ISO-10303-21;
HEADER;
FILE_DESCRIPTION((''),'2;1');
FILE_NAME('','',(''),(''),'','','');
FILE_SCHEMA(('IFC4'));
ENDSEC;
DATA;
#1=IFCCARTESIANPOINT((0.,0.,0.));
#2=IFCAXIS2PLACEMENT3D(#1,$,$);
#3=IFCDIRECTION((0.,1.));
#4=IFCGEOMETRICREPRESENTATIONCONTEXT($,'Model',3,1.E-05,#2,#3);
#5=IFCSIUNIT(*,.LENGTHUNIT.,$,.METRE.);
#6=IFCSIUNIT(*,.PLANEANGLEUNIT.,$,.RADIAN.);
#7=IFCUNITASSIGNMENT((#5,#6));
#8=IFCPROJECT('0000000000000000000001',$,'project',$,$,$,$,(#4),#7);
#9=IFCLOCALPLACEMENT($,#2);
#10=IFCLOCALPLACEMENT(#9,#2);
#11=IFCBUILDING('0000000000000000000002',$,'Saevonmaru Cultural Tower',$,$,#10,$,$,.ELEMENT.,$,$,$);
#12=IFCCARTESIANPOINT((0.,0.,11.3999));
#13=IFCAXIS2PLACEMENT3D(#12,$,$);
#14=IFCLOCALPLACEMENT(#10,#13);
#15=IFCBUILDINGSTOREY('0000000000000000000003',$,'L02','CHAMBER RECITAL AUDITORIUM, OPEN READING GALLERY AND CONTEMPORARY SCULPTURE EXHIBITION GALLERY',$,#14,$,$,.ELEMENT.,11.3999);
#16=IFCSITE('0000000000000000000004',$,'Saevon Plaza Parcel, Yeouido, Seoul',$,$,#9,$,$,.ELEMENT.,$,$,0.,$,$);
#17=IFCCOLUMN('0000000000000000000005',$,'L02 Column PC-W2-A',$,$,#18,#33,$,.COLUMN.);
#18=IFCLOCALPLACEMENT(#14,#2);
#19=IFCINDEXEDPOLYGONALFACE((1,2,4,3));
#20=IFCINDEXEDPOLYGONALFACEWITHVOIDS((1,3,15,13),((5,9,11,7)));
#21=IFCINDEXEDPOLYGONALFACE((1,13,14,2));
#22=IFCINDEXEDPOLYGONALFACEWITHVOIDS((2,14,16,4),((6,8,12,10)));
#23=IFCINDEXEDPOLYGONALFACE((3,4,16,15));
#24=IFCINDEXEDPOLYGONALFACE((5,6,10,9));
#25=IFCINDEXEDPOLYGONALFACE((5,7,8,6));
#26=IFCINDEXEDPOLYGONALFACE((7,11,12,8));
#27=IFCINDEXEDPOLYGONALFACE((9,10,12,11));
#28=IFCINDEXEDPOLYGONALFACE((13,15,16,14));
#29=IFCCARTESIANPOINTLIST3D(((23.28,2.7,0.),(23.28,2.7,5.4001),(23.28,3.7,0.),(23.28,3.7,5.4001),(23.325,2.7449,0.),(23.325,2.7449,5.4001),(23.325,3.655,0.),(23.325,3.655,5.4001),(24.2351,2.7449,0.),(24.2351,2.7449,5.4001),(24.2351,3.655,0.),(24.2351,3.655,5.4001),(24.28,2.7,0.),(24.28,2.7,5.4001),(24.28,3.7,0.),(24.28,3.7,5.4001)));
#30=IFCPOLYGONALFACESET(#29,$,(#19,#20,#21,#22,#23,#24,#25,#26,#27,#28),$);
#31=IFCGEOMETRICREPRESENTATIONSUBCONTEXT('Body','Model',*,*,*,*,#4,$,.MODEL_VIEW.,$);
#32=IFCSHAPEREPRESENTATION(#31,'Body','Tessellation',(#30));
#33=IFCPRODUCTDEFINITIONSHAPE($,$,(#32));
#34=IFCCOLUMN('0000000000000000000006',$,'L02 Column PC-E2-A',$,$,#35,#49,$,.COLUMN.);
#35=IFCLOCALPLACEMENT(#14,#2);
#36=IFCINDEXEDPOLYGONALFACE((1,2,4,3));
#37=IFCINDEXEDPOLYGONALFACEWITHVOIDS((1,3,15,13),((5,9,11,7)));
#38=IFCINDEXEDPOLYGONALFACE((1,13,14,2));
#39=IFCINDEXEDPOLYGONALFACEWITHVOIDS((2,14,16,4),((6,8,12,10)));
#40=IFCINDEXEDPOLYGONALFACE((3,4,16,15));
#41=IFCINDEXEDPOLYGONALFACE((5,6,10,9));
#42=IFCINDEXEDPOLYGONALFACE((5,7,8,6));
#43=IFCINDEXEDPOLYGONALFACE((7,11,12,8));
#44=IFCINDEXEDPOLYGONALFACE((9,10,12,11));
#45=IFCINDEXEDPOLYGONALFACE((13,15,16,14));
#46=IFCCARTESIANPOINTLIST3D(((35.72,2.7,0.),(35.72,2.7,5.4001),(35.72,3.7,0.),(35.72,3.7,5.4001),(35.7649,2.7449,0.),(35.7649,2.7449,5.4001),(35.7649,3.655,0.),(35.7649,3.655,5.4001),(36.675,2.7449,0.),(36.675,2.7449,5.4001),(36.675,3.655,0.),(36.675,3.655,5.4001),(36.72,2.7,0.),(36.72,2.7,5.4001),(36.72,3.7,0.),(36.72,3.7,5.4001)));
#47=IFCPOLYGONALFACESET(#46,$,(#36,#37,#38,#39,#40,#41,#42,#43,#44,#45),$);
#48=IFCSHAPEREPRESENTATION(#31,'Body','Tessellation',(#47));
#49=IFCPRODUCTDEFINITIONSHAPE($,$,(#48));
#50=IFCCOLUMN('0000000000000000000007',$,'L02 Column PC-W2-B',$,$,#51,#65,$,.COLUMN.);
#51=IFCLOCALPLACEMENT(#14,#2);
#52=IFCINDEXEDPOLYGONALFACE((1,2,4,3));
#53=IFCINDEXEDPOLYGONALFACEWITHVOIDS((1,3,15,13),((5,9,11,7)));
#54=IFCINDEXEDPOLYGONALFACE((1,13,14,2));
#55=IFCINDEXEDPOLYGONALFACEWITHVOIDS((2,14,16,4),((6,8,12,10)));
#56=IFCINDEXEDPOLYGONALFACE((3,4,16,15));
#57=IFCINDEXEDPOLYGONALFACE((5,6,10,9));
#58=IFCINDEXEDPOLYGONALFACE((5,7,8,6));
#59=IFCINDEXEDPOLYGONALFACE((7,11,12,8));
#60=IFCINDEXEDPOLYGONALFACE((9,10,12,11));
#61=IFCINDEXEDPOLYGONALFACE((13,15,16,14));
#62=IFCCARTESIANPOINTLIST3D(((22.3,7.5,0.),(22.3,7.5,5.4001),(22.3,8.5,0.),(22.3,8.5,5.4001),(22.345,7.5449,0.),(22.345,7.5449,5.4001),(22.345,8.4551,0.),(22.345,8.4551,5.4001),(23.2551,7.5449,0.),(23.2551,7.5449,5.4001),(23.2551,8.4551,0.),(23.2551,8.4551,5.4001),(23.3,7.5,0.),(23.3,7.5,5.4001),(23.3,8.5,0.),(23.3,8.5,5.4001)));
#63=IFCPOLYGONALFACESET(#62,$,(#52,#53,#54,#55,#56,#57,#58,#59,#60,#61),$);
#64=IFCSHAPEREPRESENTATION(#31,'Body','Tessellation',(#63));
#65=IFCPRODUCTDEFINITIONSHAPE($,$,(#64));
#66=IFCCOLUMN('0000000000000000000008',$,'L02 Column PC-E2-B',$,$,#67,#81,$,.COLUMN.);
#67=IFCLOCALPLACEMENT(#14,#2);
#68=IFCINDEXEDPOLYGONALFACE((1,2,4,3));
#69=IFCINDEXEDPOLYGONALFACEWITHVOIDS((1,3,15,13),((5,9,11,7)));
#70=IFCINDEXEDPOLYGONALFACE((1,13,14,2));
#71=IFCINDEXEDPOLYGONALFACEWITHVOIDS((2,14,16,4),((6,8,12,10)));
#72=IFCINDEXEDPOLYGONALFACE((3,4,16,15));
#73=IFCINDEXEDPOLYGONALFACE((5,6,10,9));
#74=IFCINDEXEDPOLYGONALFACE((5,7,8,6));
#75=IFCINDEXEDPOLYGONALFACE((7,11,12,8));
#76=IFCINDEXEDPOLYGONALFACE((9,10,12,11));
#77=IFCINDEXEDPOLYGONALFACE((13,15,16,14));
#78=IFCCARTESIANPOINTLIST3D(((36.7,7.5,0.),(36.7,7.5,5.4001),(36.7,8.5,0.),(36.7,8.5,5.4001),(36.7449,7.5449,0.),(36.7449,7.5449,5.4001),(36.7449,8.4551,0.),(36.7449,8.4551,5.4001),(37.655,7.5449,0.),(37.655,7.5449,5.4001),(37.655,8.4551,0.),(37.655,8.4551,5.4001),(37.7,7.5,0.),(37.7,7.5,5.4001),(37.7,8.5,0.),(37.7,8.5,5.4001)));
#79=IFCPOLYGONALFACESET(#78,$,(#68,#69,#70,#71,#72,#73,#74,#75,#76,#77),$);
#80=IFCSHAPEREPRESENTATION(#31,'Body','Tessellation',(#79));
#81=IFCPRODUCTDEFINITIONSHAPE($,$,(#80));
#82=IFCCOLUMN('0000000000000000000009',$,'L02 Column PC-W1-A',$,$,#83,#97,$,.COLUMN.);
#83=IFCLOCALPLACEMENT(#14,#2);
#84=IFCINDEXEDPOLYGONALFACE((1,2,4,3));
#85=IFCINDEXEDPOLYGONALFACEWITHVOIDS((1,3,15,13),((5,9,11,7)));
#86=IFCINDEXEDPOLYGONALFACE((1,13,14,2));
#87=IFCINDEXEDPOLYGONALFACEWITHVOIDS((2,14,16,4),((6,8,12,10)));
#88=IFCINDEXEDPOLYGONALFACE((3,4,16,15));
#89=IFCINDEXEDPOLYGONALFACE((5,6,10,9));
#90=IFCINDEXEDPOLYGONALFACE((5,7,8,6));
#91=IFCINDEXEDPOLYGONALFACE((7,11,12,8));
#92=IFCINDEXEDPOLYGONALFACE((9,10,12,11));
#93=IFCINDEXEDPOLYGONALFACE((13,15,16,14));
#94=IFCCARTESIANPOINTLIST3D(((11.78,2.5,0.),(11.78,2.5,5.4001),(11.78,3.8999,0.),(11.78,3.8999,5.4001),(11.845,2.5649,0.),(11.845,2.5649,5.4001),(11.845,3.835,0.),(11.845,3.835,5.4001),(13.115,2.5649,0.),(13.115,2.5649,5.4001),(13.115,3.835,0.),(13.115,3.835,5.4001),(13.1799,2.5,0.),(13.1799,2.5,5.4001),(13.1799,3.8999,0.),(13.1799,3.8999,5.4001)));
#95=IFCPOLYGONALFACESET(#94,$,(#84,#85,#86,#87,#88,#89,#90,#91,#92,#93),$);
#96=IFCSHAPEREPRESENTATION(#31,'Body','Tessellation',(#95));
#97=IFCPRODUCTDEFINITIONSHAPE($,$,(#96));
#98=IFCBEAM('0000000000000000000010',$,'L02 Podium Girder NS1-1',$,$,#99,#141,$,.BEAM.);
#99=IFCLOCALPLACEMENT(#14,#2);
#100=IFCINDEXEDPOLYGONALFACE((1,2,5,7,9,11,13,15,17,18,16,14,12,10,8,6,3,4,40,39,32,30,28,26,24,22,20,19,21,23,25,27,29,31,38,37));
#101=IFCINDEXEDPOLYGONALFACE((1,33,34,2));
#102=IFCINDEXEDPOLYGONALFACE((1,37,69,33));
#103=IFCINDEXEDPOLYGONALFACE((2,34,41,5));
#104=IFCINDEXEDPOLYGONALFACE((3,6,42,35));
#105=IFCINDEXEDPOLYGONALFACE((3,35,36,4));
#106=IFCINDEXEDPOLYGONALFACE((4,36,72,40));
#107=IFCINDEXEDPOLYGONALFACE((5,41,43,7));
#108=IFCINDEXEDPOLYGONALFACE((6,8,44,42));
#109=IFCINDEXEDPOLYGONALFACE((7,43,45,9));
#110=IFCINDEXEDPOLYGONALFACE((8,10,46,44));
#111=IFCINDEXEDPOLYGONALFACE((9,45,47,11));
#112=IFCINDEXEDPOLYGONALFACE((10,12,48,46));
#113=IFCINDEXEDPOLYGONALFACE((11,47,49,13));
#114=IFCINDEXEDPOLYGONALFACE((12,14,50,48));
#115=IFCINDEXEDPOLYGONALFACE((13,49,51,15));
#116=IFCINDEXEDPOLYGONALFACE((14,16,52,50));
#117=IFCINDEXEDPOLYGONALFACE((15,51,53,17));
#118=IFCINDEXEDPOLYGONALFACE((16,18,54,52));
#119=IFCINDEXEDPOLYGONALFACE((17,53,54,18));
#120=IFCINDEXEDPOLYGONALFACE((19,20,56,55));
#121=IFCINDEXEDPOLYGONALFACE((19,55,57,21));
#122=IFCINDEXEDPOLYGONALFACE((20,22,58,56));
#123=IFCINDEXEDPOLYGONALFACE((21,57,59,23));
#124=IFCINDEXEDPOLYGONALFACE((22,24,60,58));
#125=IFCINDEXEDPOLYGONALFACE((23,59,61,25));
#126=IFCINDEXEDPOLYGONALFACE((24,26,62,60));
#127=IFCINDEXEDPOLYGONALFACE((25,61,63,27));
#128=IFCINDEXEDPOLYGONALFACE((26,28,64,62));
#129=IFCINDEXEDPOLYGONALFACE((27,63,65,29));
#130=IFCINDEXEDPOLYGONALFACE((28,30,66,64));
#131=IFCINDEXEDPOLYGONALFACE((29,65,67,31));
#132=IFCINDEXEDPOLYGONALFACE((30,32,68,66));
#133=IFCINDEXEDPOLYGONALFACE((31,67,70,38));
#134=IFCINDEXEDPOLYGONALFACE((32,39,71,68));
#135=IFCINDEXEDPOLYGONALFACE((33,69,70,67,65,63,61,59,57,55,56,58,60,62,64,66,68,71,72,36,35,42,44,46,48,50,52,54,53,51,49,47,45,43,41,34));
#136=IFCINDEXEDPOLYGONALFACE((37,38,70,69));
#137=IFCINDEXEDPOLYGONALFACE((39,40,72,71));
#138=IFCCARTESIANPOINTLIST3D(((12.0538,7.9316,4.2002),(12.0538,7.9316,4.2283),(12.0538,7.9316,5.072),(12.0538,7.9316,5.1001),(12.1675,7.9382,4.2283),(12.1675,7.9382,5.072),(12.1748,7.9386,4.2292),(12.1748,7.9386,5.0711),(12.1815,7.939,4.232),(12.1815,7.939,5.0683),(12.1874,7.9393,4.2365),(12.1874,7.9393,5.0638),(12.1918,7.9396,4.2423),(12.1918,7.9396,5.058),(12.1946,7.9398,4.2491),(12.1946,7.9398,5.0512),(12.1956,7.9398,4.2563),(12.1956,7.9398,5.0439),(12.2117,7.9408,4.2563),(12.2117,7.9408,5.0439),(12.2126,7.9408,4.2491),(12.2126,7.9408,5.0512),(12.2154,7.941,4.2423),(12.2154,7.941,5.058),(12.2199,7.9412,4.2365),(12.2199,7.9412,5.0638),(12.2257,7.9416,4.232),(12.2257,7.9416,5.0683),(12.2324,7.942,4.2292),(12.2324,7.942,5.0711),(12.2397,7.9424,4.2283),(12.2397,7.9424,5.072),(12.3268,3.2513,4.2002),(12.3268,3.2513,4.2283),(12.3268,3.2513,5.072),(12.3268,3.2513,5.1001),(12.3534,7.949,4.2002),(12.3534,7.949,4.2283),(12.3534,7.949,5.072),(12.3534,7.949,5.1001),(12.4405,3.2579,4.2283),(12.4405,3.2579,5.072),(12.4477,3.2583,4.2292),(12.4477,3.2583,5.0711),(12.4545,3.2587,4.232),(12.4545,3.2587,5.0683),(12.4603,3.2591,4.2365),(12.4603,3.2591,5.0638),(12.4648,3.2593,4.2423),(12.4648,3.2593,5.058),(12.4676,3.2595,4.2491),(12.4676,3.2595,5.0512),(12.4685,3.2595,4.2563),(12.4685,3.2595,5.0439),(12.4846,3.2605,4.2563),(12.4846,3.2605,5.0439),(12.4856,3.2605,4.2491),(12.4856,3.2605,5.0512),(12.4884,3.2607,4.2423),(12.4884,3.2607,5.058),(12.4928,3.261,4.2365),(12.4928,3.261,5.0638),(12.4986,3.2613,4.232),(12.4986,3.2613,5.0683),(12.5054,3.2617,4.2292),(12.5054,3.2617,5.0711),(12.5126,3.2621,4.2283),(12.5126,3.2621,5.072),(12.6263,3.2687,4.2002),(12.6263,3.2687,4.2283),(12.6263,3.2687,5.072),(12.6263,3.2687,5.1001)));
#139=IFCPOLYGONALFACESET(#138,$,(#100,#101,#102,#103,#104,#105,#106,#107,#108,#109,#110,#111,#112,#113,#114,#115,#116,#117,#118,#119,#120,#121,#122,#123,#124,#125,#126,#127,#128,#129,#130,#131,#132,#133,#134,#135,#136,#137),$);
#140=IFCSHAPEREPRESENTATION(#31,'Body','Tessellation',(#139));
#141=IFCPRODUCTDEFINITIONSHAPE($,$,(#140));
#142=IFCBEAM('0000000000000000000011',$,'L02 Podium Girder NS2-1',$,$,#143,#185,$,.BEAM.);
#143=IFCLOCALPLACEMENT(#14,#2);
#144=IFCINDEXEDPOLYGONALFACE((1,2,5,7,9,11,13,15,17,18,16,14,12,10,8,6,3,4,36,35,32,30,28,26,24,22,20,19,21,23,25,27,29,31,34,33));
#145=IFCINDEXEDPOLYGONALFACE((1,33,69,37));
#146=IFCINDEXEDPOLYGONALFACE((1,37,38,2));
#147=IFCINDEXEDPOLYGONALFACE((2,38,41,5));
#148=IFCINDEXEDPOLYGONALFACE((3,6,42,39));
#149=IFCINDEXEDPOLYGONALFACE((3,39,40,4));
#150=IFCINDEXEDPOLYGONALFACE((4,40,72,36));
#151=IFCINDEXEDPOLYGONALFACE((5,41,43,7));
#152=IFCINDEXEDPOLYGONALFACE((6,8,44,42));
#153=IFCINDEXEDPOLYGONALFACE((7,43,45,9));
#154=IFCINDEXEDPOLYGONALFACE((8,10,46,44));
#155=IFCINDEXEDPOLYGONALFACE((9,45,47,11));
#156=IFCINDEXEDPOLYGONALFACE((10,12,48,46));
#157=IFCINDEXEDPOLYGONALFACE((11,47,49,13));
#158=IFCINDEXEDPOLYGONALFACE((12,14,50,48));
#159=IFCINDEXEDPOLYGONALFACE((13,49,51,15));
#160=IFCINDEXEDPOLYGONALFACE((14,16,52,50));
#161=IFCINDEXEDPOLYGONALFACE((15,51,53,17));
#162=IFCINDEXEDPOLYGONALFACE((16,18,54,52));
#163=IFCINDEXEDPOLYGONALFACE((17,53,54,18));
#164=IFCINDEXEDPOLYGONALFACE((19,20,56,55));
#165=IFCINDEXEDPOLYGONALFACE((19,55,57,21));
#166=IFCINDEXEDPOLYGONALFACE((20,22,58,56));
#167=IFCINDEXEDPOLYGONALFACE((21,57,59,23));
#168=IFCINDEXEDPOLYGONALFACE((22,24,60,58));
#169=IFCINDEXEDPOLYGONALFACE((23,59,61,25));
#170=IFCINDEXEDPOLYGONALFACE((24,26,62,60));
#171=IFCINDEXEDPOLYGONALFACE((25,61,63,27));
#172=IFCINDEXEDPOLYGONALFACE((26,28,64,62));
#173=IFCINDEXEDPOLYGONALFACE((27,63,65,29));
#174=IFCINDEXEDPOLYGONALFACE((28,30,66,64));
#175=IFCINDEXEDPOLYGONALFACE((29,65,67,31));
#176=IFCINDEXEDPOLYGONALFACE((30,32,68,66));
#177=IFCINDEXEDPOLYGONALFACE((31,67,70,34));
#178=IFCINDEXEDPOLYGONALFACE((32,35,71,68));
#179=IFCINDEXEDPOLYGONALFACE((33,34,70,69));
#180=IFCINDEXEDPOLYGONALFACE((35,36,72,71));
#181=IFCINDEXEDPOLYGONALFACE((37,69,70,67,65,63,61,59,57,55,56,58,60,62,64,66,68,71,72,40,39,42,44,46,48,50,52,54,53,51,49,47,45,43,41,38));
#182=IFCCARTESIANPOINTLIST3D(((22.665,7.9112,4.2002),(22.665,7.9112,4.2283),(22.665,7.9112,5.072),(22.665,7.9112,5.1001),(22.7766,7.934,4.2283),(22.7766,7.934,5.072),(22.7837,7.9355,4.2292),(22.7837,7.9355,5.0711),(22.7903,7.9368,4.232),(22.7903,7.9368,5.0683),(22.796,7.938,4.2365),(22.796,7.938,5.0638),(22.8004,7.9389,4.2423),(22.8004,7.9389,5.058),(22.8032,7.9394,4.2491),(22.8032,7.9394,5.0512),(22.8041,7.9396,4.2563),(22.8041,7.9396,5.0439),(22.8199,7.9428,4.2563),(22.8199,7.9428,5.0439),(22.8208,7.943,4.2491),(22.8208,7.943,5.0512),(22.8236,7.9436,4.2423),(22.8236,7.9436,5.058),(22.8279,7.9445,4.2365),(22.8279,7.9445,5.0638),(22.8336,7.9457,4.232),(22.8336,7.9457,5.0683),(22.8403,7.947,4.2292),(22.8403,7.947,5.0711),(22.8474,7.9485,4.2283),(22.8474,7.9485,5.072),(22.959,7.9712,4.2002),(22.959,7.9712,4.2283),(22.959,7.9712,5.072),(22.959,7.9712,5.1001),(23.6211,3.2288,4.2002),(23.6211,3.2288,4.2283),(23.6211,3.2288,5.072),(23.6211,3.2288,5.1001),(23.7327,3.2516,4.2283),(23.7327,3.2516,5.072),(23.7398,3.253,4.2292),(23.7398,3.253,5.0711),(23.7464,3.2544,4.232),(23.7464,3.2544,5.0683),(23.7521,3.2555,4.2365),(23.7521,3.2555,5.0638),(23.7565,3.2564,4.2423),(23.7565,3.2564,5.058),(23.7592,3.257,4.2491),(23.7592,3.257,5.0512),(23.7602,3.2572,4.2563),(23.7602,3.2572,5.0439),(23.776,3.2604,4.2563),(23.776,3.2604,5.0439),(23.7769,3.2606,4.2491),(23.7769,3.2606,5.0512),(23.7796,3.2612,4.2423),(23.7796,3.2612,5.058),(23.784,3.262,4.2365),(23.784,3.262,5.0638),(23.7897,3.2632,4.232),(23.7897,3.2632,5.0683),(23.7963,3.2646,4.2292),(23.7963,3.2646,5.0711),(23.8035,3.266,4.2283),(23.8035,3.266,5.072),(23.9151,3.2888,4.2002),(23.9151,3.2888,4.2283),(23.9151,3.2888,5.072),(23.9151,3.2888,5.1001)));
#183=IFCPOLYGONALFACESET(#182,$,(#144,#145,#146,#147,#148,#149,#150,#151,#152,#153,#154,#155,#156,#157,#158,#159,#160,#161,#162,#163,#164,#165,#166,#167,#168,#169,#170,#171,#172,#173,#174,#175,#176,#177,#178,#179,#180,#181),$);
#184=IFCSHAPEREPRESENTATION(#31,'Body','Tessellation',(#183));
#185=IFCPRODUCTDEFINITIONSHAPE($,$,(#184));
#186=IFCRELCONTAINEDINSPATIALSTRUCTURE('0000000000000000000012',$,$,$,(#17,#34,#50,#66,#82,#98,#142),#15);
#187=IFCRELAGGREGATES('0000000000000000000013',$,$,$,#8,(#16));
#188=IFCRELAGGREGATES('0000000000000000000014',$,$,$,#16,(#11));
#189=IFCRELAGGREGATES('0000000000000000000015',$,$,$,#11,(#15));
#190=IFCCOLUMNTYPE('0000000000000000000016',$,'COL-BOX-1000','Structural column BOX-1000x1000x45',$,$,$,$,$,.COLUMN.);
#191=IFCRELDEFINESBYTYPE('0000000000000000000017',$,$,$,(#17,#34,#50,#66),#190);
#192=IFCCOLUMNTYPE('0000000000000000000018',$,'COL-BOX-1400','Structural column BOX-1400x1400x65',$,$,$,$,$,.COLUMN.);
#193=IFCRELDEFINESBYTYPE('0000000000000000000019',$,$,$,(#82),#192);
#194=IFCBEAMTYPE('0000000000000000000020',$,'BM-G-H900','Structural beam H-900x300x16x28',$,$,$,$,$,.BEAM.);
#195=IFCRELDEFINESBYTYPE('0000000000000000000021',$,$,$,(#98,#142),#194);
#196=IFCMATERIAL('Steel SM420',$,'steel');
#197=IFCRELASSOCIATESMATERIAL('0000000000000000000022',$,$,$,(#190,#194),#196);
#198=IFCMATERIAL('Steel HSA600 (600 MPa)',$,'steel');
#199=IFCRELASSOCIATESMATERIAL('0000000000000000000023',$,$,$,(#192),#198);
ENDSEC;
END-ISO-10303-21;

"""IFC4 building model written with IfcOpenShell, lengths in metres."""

from ifc_helpers import new_model, si_unit, direction, frame, origin, origin_2d, place, context, subcontext, project, spatial, hollow_rectangle, i_section, extrude, material, material_profile, profile_set, type_object, element, save


model = new_model("IFC4")

# Units and contexts
model_context = context("Model", 3, precision=1e-05, world=origin(), true_north=direction((0.0, 1.0)))
body_context = subcontext(model_context, "Body", "Model", "MODEL_VIEW")
ifc_project = project(units=[si_unit("LENGTHUNIT", "METRE"), si_unit("PLANEANGLEUNIT", "RADIAN")], contexts=[model_context])

# Site, building, storey
site_placement = place(None, origin())
site = spatial("IfcSite", under=ifc_project, at=site_placement, Name="Saevon Plaza Parcel, Yeouido, Seoul", CompositionType="ELEMENT", RefElevation=0.0)
building_placement = place(site_placement, origin())
building = spatial("IfcBuilding", under=site, at=building_placement, Name="Saevonmaru Cultural Tower", CompositionType="ELEMENT")
storey_placement = place(building_placement, frame((0.0, 0.0, 11.3999)))
storey = spatial("IfcBuildingStorey", under=building, at=storey_placement, Name="L02", Description="CHAMBER RECITAL AUDITORIUM, OPEN READING GALLERY AND CONTEMPORARY SCULPTURE EXHIBITION GALLERY", CompositionType="ELEMENT", Elevation=11.3999)

# Columns
ifc_material_1 = material(Name="Steel SM420", Category="steel")
ifc_material_profile_1 = material_profile(ifc_material_1, hollow_rectangle(XDim=1.0, YDim=1.0, WallThickness=0.0449, at=origin_2d()), Name="BOX-1000x1000x45")
ifc_profile_set_1 = profile_set([ifc_material_profile_1], Name="Steel SM420")
column_type_1 = type_object("IfcColumnType", Name="COL-BOX-1000", Description="Structural column BOX-1000x1000x45", PredefinedType="COLUMN", material=ifc_profile_set_1)
for number, where, z_axis, x_axis, name in (
    (1, (23.78, 3.2, 0.0), (0.0, 0.0, 1.0), (1.0, 0.0, 0.0), "L02 Column PC-W2-A"),
    (2, (36.22, 3.2, 0.0), (0.0, 0.0, 1.0), (1.0, 0.0, 0.0), "L02 Column PC-E2-A"),
    (3, (22.8, 8.0, 0.0), (0.0, 0.0, 1.0), (1.0, 0.0, 0.0), "L02 Column PC-W2-B"),
    (4, (37.2, 8.0, 0.0), (0.0, 0.0, 1.0), (1.0, 0.0, 0.0), "L02 Column PC-E2-B"),
):
    element("IfcColumn", number, at=place(storey_placement, frame(where, z_axis=z_axis, x_axis=x_axis)), inside=storey, type_object=column_type_1, Name=name, PredefinedType="COLUMN", context=body_context, shape_type="SweptSolid", body=[
        extrude(hollow_rectangle(XDim=1.0, YDim=1.0, WallThickness=0.0449, at=origin_2d()), origin(), (0.0, 0.0, 1.0), 5.4001),
    ])
ifc_material_2 = material(Name="Steel HSA600 (600 MPa)", Category="steel")
ifc_material_profile_2 = material_profile(ifc_material_2, hollow_rectangle(XDim=1.3999, YDim=1.3999, WallThickness=0.0649, at=origin_2d()), Name="BOX-1400x1400x65")
ifc_profile_set_2 = profile_set([ifc_material_profile_2], Name="Steel HSA600 (600 MPa)")
column_type_2 = type_object("IfcColumnType", Name="COL-BOX-1400", Description="Structural column BOX-1400x1400x65", PredefinedType="COLUMN", material=ifc_profile_set_2)
column_placement = place(storey_placement, frame((12.48, 3.2, 0.0), z_axis=(0.0, 0.0, 1.0), x_axis=(1.0, 0.0, 0.0)))
element("IfcColumn", 5, at=column_placement, inside=storey, type_object=column_type_2, Name="L02 Column PC-W1-A", PredefinedType="COLUMN", context=body_context, shape_type="SweptSolid", body=[
    extrude(hollow_rectangle(XDim=1.3999, YDim=1.3999, WallThickness=0.0649, at=origin_2d()), origin(), (0.0, 0.0, 1.0), 5.4001),
])

# Beams
ifc_material_profile_3 = material_profile(ifc_material_1, i_section(OverallWidth=0.3, OverallDepth=0.8999, WebThickness=0.0161, FlangeThickness=0.0281, FilletRadius=0.0281, at=origin_2d()), Name="H-900x300x16x28")
ifc_profile_set_3 = profile_set([ifc_material_profile_3], Name="Steel SM420")
beam_type_1 = type_object("IfcBeamType", Name="BM-G-H900", Description="Structural beam H-900x300x16x28", PredefinedType="BEAM", material=ifc_profile_set_3)
beam_1_placement = place(storey_placement, frame((12.4766, 3.26, 4.6501), z_axis=(-0.058221, 0.998304, 0.0), x_axis=(-0.998304, -0.058221, 0.0)))
element("IfcBeam", 6, at=beam_1_placement, inside=storey, type_object=beam_type_1, Name="L02 Podium Girder NS1-1", PredefinedType="BEAM", context=body_context, shape_type="SweptSolid", body=[
    extrude(i_section(OverallWidth=0.3, OverallDepth=0.8999, WebThickness=0.0161, FlangeThickness=0.0281, FilletRadius=0.0281, at=origin_2d()), origin(), (0.0, 0.0, 1.0), 4.6882),
])
beam_2_placement = place(storey_placement, frame((23.7681, 3.2588, 4.6501), z_axis=(-0.200054, 0.979785, 0.0), x_axis=(-0.979785, -0.200054, 0.0)))
element("IfcBeam", 7, at=beam_2_placement, inside=storey, type_object=beam_type_1, Name="L02 Podium Girder NS2-1", PredefinedType="BEAM", context=body_context, shape_type="SweptSolid", body=[
    extrude(i_section(OverallWidth=0.3, OverallDepth=0.8999, WebThickness=0.0161, FlangeThickness=0.0281, FilletRadius=0.0281, at=origin_2d()), origin(), (0.0, 0.0, 1.0), 4.7791),
])

save(model, "model.ifc")
